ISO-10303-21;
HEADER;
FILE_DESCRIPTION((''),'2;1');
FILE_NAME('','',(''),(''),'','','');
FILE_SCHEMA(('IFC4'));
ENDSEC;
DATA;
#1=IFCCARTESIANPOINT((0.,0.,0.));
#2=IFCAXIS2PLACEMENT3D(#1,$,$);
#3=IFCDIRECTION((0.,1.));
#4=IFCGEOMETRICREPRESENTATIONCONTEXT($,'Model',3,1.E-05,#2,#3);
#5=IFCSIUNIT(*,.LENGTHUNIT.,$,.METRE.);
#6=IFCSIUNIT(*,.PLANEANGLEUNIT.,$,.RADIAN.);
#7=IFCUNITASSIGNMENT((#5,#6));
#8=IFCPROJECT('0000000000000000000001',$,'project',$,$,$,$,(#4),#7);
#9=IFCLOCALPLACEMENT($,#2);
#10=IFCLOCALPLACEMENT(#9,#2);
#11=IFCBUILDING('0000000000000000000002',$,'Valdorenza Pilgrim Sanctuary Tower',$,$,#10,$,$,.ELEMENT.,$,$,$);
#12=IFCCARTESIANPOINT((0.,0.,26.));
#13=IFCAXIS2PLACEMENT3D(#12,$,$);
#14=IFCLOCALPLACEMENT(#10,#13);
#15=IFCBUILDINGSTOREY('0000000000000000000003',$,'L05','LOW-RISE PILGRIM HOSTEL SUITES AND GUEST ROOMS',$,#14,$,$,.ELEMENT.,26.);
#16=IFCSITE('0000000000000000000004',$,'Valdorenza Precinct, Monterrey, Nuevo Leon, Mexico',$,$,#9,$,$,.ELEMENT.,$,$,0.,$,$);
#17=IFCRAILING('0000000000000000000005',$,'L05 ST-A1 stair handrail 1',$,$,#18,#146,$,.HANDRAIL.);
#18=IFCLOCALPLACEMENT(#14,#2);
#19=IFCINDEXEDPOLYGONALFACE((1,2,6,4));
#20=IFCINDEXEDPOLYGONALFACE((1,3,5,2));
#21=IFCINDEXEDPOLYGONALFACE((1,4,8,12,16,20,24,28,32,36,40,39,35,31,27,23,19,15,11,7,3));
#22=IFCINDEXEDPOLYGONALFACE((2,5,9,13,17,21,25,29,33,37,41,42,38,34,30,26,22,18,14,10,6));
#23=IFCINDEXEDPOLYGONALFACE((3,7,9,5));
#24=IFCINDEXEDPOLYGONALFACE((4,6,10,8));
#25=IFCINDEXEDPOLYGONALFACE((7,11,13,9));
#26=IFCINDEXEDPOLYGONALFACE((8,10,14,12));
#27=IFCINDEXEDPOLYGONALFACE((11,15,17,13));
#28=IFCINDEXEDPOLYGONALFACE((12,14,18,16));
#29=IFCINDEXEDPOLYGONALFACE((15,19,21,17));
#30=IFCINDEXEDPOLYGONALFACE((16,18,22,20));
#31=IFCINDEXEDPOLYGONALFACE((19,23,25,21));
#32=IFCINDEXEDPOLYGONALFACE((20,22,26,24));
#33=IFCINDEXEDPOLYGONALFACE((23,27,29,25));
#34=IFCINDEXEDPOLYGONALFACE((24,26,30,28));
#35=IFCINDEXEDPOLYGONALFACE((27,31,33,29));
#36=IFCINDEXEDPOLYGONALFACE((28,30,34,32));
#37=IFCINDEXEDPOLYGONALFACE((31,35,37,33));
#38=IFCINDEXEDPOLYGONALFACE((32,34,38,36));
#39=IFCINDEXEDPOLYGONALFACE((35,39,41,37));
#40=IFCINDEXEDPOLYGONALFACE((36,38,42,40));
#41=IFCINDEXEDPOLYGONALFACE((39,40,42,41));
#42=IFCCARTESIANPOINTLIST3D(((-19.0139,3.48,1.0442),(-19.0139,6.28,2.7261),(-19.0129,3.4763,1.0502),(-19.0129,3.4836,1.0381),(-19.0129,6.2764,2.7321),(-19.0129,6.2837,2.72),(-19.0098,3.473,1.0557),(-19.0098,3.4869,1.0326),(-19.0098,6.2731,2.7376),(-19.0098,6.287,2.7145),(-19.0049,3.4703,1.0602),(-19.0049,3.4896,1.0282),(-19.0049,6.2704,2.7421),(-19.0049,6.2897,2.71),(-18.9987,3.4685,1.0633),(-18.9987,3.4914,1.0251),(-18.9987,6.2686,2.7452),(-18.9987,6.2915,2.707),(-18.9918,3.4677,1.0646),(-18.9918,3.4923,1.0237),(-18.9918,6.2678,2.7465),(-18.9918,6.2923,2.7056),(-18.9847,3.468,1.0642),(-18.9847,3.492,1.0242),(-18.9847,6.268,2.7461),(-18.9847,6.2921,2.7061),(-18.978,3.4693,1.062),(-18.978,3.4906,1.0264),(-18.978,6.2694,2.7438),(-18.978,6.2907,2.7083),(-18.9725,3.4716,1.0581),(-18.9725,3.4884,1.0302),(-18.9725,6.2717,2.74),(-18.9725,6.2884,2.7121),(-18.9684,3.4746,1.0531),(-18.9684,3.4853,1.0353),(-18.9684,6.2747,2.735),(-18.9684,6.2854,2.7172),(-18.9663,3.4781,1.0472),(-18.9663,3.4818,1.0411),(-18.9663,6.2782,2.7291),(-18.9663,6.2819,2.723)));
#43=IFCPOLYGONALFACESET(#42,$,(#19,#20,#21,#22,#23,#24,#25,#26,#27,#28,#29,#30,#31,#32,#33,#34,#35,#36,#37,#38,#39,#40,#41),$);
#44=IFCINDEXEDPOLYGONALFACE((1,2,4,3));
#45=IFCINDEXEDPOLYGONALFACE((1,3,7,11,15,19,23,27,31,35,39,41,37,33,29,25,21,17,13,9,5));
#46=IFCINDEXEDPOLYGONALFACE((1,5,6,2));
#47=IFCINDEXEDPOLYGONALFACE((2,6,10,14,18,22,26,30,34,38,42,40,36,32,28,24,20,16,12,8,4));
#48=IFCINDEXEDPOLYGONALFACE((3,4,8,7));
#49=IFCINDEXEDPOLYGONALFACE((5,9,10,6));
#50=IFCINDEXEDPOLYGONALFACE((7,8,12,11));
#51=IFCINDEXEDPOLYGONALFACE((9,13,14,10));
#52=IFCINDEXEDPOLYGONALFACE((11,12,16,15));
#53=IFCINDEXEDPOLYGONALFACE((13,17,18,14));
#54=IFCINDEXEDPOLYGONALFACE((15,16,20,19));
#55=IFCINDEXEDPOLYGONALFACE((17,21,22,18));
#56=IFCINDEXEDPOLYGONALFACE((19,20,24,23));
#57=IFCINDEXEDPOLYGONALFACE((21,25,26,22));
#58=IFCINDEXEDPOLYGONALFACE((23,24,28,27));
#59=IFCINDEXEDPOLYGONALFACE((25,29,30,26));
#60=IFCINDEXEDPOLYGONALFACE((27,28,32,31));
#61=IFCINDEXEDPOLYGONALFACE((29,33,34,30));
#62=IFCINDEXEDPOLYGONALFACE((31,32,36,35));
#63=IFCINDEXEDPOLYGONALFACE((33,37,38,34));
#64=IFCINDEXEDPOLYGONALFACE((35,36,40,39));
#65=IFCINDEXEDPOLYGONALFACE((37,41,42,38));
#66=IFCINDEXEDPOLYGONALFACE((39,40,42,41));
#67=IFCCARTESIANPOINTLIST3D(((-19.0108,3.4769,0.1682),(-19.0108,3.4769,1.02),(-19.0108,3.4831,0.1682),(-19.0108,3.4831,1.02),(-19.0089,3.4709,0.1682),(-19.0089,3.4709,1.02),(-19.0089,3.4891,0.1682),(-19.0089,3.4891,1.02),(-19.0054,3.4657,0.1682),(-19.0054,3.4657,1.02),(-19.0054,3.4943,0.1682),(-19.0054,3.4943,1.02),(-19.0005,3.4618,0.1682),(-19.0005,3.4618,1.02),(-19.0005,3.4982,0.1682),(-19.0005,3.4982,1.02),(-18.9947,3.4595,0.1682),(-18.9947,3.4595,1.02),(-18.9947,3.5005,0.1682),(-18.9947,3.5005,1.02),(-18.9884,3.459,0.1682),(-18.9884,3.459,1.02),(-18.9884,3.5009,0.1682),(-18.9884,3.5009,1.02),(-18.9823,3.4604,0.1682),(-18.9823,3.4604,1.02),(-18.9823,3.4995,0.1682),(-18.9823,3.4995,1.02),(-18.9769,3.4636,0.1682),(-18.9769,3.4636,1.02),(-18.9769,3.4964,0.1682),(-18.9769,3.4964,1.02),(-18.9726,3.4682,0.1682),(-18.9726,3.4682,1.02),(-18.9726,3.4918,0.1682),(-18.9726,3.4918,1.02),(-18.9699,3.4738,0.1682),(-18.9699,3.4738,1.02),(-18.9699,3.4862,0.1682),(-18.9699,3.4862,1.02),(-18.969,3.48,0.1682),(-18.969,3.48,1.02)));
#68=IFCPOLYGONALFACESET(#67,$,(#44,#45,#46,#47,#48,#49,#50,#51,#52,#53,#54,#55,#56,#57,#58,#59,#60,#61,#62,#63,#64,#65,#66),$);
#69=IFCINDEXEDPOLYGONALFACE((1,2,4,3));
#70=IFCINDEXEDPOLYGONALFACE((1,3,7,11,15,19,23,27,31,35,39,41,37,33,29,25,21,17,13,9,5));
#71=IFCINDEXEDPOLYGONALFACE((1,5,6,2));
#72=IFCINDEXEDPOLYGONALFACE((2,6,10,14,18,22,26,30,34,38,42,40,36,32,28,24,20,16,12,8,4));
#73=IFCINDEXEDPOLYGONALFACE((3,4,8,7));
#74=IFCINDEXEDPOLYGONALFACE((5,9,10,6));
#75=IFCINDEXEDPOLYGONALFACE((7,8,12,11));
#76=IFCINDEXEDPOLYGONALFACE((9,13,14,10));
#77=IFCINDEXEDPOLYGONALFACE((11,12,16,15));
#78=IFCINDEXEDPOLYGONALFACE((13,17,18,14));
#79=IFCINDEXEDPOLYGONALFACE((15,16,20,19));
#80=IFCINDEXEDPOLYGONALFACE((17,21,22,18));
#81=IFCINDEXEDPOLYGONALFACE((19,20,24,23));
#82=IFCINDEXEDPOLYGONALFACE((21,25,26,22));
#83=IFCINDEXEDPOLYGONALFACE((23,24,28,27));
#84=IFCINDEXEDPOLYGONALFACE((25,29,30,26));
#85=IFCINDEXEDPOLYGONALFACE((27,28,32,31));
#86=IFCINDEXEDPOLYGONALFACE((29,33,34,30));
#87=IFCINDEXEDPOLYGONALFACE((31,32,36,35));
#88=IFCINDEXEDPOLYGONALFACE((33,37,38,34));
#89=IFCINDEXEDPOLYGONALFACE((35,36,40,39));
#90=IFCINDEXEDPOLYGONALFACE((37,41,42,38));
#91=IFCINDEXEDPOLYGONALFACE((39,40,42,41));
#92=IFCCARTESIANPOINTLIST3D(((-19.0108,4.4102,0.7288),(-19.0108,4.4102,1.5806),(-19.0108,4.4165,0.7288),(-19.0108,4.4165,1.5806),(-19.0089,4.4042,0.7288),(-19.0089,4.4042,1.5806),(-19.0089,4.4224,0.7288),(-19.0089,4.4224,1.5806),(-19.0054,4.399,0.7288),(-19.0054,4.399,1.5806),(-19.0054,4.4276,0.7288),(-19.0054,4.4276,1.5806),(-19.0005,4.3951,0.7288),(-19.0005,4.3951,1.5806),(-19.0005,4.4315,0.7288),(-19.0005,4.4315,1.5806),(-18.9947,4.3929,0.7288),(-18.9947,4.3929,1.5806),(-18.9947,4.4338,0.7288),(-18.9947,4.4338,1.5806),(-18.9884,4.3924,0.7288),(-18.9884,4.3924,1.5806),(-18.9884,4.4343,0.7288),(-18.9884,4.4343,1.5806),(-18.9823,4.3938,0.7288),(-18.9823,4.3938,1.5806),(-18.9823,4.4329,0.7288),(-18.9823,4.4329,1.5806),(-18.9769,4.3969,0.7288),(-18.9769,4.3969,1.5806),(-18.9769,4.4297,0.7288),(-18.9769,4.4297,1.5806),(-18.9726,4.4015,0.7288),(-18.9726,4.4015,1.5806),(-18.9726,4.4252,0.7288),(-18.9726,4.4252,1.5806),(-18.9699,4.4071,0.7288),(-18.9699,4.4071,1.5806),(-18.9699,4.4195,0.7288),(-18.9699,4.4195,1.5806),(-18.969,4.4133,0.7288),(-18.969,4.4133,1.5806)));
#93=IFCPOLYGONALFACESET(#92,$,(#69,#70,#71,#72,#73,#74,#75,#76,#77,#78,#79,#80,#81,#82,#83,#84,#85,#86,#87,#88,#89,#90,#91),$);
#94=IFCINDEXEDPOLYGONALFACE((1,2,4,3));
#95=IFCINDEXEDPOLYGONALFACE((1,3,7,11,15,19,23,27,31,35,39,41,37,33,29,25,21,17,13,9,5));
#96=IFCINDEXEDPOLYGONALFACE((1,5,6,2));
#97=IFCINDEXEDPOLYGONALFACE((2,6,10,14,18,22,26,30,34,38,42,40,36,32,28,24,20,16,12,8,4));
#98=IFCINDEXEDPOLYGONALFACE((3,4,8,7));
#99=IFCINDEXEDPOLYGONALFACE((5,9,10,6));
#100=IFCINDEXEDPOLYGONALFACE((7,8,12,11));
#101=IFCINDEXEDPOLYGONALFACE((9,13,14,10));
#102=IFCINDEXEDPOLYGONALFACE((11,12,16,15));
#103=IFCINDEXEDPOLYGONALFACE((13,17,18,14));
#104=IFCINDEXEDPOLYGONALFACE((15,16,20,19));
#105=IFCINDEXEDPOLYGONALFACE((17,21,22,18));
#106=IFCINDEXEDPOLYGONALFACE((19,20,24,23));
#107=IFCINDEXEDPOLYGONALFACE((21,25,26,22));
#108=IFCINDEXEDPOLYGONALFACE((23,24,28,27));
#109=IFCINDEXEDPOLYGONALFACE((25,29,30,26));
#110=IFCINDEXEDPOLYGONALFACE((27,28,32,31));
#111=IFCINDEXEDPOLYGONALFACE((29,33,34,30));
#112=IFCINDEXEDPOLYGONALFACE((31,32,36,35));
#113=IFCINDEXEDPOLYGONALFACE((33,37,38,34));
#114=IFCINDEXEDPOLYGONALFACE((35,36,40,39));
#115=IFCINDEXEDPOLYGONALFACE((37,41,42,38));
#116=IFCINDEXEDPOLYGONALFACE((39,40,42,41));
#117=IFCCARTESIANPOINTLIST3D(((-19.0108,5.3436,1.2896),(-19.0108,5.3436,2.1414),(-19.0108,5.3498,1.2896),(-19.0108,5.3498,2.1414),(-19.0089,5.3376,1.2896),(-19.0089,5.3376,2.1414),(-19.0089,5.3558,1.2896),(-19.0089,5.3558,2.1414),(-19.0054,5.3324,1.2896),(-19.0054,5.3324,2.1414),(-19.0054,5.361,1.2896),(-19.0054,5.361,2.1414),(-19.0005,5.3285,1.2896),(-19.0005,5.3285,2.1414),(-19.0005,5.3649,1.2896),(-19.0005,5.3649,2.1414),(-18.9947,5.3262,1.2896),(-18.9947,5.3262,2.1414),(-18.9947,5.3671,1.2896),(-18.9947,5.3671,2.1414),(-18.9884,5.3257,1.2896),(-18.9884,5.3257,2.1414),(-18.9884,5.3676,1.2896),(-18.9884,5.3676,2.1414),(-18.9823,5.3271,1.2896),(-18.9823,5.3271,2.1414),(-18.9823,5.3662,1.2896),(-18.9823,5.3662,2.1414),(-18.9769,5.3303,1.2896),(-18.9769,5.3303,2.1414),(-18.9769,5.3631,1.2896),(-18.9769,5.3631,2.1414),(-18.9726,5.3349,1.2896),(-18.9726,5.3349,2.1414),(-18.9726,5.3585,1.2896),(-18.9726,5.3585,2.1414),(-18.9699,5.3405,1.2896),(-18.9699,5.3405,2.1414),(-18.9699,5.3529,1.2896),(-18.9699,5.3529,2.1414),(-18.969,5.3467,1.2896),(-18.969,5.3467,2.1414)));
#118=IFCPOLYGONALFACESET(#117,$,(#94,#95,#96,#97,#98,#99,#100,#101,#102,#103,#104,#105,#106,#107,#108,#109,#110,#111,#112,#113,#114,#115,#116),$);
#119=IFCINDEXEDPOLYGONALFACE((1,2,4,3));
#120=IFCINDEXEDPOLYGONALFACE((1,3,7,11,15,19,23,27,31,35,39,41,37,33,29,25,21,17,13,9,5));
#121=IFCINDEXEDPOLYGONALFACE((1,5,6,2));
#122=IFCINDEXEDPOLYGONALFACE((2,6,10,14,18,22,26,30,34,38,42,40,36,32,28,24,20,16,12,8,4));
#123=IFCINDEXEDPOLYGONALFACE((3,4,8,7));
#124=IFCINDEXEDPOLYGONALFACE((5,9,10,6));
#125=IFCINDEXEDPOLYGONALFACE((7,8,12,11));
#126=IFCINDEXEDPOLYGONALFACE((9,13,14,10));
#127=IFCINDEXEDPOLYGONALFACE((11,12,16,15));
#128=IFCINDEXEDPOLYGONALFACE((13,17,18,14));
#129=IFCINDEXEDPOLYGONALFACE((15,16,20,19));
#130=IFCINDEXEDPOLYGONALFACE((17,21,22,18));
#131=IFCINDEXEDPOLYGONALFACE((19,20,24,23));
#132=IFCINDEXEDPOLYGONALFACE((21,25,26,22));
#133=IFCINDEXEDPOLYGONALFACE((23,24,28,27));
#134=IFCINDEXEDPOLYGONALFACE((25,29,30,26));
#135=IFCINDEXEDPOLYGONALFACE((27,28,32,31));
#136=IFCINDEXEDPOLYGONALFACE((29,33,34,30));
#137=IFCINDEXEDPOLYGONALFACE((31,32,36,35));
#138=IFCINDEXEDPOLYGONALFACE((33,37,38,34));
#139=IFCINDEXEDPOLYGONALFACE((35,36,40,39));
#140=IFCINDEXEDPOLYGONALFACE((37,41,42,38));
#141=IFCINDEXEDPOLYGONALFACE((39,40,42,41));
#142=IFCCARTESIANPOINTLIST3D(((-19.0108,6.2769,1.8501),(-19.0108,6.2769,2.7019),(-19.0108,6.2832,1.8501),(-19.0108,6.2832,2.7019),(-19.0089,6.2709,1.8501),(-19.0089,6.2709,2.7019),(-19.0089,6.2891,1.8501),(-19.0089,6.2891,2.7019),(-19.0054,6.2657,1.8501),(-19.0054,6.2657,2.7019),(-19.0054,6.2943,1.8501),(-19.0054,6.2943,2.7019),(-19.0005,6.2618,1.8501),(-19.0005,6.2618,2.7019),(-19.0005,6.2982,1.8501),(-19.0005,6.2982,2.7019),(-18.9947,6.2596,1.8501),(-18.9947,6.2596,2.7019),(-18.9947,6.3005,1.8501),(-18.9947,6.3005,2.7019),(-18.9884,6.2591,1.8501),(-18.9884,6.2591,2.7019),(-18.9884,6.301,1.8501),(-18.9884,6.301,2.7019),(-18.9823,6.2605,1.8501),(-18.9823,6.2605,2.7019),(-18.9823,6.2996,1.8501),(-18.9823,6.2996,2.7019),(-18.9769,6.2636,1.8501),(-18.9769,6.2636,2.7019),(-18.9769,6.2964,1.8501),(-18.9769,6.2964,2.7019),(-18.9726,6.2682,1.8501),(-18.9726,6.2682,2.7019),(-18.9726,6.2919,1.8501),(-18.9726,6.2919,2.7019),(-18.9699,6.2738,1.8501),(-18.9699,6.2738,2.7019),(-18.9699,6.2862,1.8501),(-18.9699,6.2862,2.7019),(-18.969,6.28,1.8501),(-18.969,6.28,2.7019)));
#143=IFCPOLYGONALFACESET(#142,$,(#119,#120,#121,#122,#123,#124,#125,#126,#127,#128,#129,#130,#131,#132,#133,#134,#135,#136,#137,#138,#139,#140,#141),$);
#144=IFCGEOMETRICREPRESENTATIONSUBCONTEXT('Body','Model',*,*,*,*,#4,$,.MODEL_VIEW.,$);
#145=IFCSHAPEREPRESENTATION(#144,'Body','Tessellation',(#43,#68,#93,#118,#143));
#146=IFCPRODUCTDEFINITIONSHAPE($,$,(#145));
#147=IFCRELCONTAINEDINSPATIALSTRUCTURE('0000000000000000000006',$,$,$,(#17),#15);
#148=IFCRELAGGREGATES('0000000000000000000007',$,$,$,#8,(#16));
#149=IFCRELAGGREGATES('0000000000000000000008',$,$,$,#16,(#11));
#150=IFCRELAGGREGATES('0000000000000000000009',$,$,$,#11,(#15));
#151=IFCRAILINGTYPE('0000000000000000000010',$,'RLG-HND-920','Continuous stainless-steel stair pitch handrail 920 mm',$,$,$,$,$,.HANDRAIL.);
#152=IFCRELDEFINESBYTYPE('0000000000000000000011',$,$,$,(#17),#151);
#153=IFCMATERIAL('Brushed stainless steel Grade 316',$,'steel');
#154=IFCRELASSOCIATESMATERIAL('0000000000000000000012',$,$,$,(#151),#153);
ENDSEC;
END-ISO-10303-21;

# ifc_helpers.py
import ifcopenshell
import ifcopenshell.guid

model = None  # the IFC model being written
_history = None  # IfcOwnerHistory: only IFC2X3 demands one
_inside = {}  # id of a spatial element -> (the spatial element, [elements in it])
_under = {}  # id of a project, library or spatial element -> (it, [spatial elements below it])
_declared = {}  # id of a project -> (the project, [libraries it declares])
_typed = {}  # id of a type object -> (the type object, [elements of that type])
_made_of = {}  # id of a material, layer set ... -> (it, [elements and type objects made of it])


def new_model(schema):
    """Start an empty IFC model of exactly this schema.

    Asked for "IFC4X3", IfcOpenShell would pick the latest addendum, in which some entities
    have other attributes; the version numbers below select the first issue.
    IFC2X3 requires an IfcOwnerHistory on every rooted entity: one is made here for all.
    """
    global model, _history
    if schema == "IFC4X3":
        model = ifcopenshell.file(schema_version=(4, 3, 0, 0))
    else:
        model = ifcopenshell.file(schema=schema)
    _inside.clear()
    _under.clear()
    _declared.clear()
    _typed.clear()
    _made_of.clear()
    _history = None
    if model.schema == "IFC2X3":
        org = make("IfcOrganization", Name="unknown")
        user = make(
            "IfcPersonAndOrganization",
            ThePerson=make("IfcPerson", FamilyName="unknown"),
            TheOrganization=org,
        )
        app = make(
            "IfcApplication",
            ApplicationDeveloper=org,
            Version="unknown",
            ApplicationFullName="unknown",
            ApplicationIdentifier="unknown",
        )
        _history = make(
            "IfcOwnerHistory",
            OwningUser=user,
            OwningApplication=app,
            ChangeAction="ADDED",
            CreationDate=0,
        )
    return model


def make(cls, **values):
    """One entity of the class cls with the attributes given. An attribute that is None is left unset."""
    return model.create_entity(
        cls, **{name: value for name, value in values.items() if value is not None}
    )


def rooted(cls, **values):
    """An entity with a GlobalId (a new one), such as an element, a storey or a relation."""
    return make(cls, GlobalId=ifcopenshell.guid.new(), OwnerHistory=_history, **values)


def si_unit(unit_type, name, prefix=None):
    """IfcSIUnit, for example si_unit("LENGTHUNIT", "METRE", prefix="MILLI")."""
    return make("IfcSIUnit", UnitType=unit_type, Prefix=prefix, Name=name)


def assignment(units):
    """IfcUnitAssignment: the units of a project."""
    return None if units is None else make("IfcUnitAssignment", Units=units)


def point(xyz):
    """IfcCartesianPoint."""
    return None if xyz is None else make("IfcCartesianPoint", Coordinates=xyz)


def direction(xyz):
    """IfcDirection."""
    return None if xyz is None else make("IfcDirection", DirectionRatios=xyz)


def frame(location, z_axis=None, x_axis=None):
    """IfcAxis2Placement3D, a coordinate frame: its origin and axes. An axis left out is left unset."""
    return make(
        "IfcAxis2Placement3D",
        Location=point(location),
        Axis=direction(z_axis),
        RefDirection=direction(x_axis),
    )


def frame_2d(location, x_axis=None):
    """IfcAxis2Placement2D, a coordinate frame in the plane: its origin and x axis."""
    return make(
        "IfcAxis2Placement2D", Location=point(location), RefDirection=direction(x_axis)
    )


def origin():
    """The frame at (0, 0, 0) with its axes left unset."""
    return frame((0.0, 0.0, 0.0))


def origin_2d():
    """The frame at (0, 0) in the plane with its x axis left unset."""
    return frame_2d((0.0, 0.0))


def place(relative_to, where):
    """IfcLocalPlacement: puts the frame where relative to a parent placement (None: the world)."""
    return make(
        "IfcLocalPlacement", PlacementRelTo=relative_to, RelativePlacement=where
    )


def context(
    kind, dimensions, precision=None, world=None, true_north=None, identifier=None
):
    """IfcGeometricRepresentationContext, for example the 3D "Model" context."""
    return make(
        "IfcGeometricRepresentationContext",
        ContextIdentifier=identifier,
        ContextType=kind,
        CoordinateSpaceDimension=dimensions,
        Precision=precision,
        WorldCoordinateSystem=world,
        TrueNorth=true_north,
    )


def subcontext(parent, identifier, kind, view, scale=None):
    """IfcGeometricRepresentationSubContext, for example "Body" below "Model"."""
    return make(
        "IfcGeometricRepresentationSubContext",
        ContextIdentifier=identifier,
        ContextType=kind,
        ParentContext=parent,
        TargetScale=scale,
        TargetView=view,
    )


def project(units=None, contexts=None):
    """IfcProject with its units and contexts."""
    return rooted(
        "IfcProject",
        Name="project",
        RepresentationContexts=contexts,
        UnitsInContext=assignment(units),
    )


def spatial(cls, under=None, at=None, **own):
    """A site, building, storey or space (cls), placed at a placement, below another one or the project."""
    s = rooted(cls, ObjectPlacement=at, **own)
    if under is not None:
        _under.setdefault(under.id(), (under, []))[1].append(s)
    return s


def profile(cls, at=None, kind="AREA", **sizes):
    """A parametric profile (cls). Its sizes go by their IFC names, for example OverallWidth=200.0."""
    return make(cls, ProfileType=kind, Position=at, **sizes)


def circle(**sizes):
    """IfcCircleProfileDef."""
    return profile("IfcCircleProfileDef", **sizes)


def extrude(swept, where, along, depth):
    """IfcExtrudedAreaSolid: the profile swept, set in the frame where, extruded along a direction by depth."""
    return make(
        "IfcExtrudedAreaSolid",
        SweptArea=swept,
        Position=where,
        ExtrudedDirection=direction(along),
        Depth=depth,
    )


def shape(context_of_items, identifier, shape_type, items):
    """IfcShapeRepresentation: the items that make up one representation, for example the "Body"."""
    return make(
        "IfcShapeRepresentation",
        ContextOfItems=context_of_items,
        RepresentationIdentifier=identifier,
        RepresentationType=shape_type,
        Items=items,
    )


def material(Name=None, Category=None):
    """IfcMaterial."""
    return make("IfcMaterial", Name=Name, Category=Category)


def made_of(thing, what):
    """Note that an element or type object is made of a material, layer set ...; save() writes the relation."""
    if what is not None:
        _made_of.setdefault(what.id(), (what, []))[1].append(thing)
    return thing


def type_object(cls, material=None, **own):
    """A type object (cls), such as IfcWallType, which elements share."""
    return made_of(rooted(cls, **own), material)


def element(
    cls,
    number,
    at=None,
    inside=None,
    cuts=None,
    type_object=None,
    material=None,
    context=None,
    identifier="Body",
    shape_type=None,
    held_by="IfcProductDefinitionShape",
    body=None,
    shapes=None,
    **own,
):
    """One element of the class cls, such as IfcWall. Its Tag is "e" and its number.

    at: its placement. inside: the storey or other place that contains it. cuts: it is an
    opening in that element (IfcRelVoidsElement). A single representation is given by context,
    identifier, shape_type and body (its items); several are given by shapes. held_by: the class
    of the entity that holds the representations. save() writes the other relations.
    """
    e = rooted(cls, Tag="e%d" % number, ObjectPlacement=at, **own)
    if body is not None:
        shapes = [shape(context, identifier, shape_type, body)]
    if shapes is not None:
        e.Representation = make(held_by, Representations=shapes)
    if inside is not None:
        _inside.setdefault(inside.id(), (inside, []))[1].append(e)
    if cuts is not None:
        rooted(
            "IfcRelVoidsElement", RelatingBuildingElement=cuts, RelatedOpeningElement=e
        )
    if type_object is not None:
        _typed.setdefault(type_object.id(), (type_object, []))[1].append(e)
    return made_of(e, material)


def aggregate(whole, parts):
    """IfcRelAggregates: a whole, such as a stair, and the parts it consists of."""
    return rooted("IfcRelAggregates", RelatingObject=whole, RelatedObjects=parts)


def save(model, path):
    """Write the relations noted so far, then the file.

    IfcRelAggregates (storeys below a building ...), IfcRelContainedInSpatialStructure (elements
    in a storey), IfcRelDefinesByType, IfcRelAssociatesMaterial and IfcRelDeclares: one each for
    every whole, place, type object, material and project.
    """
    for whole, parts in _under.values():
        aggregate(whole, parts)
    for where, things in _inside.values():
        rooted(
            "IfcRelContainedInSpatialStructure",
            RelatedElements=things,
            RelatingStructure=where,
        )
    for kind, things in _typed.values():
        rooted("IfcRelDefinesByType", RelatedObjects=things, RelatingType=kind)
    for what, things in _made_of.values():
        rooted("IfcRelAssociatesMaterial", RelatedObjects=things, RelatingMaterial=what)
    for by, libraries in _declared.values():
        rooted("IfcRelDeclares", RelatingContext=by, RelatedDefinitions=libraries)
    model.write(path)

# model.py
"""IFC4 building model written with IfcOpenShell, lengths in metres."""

from ifc_helpers import new_model, si_unit, direction, frame, origin, origin_2d, place, context, subcontext, project, spatial, circle, extrude, material, type_object, element, save


model = new_model("IFC4")

# Units and contexts
model_context = context("Model", 3, precision=1e-05, world=origin(), true_north=direction((0.0, 1.0)))
body_context = subcontext(model_context, "Body", "Model", "MODEL_VIEW")
ifc_project = project(units=[si_unit("LENGTHUNIT", "METRE"), si_unit("PLANEANGLEUNIT", "RADIAN")], contexts=[model_context])

# Site, building, storey
site_placement = place(None, origin())
site = spatial("IfcSite", under=ifc_project, at=site_placement, Name="Valdorenza Precinct, Monterrey, Nuevo Leon, Mexico", CompositionType="ELEMENT", RefElevation=0.0)
building_placement = place(site_placement, origin())
building = spatial("IfcBuilding", under=site, at=building_placement, Name="Valdorenza Pilgrim Sanctuary Tower", CompositionType="ELEMENT")
storey_placement = place(building_placement, frame((0.0, 0.0, 26.0)))
storey = spatial("IfcBuildingStorey", under=building, at=storey_placement, Name="L05", Description="LOW-RISE PILGRIM HOSTEL SUITES AND GUEST ROOMS", CompositionType="ELEMENT", Elevation=26.0)

# Shared definitions
ifc_material_1 = material(Name="Brushed stainless steel Grade 316", Category="steel")

# Railing
railing_type_1 = type_object("IfcRailingType", Name="RLG-HND-920", Description="Continuous stainless-steel stair pitch handrail 920 mm", PredefinedType="HANDRAIL", material=ifc_material_1)
railing_1_placement = place(storey_placement, frame((-18.99, 3.48, 0.1682)))
element("IfcRailing", 1, at=railing_1_placement, inside=storey, type_object=railing_type_1, Name="L05 ST-A1 stair handrail 1", PredefinedType="HANDRAIL", context=body_context, shape_type="SweptSolid", body=[
    extrude(circle(Radius=0.0239, at=origin_2d()), frame((0.0, 0.0, 0.876), z_axis=(0.0, 0.857242, 0.514913), x_axis=(-1.0, 0.0, 0.0)), (0.0, 0.0, 1.0), 3.2664),
    extrude(circle(Radius=0.021, at=origin_2d()), origin(), (0.0, 0.0, 1.0), 0.8518),
    extrude(circle(Radius=0.021, at=origin_2d()), frame((0.0, 0.9333, 0.5605)), (0.0, 0.0, 1.0), 0.8518),
    extrude(circle(Radius=0.021, at=origin_2d()), frame((0.0, 1.8667, 1.1213)), (0.0, 0.0, 1.0), 0.8518),
    extrude(circle(Radius=0.021, at=origin_2d()), frame((0.0, 2.8, 1.6819)), (0.0, 0.0, 1.0), 0.8518),
])

save(model, "model.ifc")
